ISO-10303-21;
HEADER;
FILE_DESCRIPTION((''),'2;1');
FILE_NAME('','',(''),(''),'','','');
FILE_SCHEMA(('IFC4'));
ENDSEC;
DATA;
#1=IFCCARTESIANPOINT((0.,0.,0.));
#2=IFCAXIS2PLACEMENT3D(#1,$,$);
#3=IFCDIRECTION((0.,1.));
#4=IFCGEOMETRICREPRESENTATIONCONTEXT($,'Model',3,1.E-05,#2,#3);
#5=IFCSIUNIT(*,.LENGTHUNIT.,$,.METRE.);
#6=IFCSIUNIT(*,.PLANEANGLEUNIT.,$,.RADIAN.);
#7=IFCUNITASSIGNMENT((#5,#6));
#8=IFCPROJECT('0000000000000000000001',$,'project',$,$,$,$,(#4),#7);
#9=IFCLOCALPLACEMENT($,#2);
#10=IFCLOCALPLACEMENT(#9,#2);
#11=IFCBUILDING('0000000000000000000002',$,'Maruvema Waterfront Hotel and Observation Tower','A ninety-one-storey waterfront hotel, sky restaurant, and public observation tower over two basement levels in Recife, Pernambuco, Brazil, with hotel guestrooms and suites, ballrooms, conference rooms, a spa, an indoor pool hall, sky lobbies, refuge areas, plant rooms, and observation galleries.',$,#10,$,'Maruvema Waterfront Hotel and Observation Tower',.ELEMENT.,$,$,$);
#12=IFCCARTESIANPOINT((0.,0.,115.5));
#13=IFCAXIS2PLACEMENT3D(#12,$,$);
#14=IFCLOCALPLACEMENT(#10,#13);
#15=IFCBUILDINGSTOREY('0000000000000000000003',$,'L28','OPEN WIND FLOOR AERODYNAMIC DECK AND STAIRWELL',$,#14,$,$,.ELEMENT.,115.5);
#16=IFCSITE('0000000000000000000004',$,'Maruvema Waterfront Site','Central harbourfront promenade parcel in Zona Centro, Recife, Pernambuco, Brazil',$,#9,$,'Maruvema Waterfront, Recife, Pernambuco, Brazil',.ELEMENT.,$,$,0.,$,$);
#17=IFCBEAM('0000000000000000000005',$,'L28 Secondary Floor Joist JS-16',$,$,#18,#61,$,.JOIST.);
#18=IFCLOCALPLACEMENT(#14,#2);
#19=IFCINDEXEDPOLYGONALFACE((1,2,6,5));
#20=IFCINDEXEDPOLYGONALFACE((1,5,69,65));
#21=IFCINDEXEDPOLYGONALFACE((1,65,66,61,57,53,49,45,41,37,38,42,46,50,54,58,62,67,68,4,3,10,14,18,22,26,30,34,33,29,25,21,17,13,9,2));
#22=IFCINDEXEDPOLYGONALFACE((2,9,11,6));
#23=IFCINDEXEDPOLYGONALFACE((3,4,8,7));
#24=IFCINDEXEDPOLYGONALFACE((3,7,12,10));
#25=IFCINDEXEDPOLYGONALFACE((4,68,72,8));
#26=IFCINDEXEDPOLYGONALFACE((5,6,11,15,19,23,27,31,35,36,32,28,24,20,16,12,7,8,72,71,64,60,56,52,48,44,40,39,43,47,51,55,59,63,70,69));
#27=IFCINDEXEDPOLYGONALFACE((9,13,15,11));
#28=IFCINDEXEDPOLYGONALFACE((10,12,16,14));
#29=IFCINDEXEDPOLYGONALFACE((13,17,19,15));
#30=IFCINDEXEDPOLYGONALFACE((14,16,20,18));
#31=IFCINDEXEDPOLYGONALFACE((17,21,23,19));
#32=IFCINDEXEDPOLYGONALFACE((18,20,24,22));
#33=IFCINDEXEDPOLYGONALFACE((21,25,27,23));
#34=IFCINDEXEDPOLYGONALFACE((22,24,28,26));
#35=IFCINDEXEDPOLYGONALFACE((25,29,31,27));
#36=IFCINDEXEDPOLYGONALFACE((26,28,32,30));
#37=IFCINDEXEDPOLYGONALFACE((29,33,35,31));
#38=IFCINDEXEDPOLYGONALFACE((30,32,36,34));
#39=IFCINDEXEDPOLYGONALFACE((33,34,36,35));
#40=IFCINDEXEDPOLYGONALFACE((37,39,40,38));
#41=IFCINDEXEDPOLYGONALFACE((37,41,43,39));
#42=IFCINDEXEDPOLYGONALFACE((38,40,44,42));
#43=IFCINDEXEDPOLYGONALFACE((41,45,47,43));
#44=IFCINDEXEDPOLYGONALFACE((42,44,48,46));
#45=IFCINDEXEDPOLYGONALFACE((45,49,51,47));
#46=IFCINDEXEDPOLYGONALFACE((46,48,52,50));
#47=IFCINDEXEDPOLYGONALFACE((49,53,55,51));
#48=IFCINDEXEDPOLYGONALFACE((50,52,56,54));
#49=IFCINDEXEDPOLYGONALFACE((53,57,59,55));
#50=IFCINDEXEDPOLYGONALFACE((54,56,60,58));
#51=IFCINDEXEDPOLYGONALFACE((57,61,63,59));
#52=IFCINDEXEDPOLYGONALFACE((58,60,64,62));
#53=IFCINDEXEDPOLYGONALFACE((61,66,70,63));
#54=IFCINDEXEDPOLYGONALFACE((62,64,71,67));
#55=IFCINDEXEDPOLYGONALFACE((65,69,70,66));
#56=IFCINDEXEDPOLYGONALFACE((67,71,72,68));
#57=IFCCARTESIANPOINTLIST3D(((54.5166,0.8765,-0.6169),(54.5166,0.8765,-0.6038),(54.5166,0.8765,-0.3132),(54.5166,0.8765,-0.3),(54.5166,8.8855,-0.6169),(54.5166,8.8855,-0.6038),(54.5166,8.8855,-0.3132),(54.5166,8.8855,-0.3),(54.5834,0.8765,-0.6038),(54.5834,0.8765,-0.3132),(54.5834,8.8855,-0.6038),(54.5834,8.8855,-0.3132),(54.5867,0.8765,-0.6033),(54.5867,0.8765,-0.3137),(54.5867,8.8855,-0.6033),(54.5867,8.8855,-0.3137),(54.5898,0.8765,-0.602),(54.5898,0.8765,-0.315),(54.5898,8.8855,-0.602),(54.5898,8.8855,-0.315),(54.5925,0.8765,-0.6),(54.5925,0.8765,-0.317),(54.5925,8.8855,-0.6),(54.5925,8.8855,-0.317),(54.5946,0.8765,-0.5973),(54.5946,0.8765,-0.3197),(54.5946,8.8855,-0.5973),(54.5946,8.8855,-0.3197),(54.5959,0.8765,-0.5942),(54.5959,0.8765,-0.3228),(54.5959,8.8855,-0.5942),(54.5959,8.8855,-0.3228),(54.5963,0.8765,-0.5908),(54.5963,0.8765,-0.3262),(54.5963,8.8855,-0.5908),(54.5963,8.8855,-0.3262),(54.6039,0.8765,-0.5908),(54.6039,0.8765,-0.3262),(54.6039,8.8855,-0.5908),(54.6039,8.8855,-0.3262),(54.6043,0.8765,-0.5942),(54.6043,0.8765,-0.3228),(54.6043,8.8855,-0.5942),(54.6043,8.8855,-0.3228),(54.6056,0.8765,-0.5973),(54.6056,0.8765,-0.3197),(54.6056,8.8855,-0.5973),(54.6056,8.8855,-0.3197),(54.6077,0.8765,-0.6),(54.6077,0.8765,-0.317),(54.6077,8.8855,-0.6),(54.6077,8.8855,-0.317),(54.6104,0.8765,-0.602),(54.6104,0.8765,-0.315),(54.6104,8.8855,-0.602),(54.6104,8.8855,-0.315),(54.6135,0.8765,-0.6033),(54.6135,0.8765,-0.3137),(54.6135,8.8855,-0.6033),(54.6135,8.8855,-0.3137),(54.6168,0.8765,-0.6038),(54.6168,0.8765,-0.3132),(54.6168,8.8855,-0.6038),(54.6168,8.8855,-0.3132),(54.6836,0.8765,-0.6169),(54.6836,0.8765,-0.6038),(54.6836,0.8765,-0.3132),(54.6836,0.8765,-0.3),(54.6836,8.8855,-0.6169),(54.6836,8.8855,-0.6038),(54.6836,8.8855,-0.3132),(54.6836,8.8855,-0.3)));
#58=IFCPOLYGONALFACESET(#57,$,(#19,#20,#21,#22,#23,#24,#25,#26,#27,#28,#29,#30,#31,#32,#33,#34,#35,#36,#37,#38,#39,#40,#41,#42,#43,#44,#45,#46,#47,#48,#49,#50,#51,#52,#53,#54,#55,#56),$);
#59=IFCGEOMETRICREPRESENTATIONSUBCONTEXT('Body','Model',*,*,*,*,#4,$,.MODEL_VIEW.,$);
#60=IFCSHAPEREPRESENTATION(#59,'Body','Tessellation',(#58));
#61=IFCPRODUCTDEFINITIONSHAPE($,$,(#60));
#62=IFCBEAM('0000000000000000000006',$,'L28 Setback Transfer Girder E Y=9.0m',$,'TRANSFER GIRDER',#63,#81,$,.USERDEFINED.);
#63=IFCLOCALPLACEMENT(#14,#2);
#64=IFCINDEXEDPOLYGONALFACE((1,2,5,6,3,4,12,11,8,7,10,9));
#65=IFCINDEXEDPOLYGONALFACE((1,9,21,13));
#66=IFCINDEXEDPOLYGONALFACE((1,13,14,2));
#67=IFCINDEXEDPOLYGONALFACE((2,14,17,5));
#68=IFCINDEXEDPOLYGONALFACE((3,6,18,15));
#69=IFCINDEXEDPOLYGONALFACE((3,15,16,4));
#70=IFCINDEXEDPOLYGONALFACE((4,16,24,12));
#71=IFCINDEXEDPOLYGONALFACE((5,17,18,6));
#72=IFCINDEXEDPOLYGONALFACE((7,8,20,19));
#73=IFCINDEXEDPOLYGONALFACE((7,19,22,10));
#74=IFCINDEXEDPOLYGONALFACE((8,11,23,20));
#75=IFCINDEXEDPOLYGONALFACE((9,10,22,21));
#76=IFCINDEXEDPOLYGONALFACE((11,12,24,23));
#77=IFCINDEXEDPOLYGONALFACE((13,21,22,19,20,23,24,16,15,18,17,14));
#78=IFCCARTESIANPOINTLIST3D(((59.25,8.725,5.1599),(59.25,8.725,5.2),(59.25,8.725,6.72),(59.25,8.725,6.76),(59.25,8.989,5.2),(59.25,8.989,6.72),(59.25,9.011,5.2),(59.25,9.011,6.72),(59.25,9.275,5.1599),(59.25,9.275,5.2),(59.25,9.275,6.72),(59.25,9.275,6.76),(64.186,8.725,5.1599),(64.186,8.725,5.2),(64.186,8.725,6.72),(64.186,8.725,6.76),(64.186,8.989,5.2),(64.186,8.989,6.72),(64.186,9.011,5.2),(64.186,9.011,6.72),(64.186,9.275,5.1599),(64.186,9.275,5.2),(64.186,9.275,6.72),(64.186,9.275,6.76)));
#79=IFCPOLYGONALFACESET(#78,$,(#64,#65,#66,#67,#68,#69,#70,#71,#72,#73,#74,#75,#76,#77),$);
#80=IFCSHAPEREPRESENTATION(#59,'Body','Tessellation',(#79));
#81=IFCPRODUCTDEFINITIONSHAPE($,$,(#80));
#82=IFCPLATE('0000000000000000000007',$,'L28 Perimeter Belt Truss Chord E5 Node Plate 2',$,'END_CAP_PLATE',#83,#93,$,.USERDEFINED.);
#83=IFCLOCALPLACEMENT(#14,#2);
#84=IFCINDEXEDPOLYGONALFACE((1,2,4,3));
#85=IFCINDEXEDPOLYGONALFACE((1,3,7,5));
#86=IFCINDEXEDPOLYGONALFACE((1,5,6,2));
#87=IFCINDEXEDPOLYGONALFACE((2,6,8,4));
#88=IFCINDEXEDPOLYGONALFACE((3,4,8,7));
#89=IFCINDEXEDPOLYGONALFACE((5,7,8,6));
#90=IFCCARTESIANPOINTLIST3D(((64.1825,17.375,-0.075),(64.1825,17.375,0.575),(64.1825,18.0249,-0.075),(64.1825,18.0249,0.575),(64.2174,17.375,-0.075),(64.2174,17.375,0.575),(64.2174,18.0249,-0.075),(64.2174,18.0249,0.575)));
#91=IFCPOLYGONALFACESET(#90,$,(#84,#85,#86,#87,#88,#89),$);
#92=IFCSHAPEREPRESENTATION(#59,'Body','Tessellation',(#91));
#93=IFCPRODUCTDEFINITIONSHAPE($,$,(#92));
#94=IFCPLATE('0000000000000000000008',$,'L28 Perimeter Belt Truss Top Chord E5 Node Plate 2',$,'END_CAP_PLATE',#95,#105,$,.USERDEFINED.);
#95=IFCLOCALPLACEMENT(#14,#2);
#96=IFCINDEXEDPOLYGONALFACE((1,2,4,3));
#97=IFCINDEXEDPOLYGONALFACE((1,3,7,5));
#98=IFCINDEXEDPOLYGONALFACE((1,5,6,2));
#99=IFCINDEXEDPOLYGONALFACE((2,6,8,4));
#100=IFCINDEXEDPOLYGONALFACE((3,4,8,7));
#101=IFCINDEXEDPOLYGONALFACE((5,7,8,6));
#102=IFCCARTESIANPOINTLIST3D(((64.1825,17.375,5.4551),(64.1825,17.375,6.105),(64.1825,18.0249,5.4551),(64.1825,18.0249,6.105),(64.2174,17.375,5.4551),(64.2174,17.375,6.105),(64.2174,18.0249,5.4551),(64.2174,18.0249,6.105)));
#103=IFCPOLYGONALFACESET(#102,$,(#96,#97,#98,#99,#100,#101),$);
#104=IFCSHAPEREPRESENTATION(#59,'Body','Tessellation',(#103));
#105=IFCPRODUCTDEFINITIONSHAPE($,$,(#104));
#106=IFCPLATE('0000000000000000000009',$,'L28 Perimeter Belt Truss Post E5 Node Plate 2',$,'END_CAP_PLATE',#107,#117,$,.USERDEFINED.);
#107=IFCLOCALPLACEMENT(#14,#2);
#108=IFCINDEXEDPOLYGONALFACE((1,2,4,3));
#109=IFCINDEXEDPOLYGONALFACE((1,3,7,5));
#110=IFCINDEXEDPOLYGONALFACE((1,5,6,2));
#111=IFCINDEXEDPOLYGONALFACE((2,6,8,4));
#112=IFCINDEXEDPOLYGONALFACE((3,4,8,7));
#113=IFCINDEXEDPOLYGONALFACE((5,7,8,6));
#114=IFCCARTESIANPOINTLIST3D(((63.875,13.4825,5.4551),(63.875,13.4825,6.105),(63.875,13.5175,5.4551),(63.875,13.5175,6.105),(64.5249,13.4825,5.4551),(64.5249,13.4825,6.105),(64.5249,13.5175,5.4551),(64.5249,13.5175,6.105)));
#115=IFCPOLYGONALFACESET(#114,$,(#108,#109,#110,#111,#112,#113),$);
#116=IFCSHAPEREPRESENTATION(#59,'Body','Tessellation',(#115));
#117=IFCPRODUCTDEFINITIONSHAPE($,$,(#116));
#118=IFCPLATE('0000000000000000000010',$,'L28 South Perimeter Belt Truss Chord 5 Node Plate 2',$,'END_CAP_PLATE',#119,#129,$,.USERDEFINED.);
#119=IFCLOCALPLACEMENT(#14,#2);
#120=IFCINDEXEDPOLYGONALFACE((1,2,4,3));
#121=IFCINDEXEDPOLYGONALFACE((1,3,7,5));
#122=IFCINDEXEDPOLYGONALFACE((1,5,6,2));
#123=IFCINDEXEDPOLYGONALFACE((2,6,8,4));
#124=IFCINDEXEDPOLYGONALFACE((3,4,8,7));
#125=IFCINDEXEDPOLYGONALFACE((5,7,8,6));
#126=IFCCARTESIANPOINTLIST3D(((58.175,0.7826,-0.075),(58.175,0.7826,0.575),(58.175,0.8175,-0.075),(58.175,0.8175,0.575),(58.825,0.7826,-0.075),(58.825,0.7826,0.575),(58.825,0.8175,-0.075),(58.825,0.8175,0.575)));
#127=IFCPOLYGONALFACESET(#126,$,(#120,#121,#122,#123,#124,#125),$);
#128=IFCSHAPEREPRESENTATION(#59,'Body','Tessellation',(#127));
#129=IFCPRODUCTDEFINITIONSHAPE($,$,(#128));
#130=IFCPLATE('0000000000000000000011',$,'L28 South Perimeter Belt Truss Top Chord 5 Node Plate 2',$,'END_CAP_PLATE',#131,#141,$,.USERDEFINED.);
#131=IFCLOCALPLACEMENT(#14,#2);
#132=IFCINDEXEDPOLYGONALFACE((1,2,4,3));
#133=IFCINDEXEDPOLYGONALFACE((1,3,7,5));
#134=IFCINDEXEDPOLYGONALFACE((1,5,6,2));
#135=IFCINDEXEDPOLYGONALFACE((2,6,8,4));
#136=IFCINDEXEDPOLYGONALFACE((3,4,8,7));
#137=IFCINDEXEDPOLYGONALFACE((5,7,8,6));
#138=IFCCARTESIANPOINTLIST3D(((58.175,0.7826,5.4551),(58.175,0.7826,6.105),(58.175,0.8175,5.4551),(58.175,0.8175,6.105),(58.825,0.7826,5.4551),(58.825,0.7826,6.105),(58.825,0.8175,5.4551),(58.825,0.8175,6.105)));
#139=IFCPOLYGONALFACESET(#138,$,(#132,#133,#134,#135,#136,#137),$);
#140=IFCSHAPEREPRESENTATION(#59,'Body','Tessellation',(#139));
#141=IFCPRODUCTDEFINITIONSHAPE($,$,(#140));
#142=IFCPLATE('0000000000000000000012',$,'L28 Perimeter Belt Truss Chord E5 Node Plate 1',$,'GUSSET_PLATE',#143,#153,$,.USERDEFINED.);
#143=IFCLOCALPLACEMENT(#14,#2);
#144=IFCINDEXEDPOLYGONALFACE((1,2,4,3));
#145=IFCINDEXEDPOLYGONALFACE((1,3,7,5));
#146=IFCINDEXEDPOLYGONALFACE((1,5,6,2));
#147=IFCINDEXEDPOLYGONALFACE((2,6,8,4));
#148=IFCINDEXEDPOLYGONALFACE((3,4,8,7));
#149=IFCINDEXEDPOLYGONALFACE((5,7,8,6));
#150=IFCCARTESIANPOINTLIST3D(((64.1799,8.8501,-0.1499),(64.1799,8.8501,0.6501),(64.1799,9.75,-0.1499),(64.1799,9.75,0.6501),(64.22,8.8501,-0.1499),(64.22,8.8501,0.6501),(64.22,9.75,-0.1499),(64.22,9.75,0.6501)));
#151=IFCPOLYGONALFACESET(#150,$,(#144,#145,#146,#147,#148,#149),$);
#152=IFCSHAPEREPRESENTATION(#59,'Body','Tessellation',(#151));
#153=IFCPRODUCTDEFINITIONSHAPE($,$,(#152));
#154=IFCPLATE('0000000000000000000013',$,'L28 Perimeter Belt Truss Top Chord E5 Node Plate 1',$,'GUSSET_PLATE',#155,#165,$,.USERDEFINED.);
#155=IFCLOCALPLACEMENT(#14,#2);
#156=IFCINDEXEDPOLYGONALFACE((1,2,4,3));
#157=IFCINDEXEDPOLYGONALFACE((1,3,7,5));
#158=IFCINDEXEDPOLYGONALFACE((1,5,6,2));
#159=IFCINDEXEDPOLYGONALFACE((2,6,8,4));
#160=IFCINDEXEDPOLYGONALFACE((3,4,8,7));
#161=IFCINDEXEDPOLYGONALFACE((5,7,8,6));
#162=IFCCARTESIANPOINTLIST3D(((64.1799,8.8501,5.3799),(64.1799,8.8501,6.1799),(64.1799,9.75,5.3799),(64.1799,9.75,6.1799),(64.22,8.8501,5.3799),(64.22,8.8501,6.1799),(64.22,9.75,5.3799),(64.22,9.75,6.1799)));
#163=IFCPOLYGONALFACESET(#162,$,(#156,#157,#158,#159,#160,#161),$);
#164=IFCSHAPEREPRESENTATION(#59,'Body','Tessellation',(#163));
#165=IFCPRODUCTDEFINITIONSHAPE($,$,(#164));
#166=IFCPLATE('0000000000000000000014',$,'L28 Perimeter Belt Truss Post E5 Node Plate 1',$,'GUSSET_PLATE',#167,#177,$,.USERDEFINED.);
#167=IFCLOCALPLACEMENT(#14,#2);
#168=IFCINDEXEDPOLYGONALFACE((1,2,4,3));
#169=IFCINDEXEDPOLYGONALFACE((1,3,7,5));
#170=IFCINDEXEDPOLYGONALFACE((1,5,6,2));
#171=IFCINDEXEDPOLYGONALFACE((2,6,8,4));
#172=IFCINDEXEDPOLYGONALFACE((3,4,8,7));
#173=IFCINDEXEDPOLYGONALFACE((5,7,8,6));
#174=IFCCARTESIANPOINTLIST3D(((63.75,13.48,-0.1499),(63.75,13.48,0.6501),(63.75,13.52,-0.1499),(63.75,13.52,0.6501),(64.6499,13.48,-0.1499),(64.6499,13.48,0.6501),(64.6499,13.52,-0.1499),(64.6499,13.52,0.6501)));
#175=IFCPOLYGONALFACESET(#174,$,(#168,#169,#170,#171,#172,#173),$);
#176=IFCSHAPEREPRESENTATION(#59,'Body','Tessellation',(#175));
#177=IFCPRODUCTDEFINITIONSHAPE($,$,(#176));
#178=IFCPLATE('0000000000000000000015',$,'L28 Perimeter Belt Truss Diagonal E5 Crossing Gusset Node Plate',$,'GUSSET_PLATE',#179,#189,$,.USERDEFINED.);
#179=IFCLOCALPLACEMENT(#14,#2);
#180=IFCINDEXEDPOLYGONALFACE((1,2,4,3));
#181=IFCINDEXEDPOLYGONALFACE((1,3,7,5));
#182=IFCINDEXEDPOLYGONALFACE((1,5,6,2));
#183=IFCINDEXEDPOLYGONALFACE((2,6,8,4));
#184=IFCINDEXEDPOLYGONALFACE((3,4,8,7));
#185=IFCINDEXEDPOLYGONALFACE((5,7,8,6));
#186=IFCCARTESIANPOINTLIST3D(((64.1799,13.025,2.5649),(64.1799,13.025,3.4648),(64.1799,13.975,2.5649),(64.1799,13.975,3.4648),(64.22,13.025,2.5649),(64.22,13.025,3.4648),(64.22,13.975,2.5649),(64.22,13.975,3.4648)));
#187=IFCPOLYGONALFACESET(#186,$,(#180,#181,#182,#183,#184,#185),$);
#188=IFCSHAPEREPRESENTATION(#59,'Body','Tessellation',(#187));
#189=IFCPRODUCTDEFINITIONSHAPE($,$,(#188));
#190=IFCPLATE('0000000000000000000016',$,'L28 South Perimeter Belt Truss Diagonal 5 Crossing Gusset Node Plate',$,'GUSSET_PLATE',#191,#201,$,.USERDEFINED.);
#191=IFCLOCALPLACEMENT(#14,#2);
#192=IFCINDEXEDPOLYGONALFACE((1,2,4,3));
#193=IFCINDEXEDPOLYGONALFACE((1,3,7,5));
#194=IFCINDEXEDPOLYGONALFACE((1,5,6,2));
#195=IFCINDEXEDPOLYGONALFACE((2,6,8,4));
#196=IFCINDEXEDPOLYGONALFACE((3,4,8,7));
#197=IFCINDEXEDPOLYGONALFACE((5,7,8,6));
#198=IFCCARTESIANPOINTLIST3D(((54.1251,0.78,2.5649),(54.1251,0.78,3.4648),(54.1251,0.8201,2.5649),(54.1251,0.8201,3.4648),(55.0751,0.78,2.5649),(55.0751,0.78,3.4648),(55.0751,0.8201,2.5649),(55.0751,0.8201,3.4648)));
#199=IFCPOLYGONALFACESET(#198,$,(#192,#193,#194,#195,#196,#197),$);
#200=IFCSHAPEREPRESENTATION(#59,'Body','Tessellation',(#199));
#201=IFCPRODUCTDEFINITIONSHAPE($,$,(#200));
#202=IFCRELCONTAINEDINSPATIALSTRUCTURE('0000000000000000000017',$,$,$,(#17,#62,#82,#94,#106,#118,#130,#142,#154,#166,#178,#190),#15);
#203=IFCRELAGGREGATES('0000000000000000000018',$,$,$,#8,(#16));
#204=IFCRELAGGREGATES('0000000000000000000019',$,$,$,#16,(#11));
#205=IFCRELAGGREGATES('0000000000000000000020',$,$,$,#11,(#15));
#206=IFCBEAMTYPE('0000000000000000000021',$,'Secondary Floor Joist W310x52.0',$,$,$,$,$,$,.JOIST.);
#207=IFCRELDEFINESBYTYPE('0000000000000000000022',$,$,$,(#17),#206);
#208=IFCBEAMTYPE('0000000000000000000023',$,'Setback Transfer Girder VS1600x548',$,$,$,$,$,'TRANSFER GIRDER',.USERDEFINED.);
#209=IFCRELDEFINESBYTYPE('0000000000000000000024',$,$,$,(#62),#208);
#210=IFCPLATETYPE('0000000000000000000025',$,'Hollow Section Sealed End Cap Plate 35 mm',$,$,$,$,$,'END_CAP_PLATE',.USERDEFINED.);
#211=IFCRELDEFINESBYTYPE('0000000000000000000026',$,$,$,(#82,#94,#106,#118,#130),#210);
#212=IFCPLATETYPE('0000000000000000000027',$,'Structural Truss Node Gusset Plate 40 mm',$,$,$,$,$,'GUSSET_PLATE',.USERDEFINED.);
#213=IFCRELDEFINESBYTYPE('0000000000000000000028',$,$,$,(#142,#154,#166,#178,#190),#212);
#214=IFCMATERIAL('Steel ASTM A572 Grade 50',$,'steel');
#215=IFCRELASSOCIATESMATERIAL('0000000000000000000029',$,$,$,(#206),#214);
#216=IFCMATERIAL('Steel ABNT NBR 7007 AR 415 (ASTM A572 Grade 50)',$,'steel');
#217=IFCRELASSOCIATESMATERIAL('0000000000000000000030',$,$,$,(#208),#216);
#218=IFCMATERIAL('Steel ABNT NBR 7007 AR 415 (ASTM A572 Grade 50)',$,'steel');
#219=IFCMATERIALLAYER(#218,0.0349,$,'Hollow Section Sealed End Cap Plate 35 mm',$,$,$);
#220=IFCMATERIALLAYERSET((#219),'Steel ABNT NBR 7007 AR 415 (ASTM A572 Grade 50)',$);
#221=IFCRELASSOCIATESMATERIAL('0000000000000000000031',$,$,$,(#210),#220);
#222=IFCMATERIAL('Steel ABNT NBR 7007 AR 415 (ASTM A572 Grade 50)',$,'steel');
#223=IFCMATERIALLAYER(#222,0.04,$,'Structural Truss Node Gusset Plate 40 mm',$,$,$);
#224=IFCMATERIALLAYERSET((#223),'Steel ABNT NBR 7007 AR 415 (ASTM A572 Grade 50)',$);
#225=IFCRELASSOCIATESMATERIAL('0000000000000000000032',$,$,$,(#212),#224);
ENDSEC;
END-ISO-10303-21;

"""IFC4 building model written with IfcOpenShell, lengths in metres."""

from ifc_helpers import new_model, si_unit, direction, frame, origin, origin_2d, place, context, subcontext, project, spatial, rectangle, i_section, extrude, material, layer, layer_set, material_profile, profile_set, type_object, element, save


model = new_model("IFC4")

# Units and contexts
model_context = context("Model", 3, precision=1e-05, world=origin(), true_north=direction((0.0, 1.0)))
body_context = subcontext(model_context, "Body", "Model", "MODEL_VIEW")
ifc_project = project(units=[si_unit("LENGTHUNIT", "METRE"), si_unit("PLANEANGLEUNIT", "RADIAN")], contexts=[model_context])

# Site, building, storey
site_placement = place(None, origin())
site = spatial("IfcSite", under=ifc_project, at=site_placement, Name="Maruvema Waterfront Site", Description="Central harbourfront promenade parcel in Zona Centro, Recife, Pernambuco, Brazil", LongName="Maruvema Waterfront, Recife, Pernambuco, Brazil", CompositionType="ELEMENT", RefElevation=0.0)
building_placement = place(site_placement, origin())
building = spatial("IfcBuilding", under=site, at=building_placement, Name="Maruvema Waterfront Hotel and Observation Tower", Description="A ninety-one-storey waterfront hotel, sky restaurant, and public observation tower over two basement levels in Recife, Pernambuco, Brazil, with hotel guestrooms and suites, ballrooms, conference rooms, a spa, an indoor pool hall, sky lobbies, refuge areas, plant rooms, and observation galleries.", LongName="Maruvema Waterfront Hotel and Observation Tower", CompositionType="ELEMENT")
storey_placement = place(building_placement, frame((0.0, 0.0, 115.5)))
storey = spatial("IfcBuildingStorey", under=building, at=storey_placement, Name="L28", Description="OPEN WIND FLOOR AERODYNAMIC DECK AND STAIRWELL", CompositionType="ELEMENT", Elevation=115.5)

# Beams
ifc_material_1 = material(Name="Steel ASTM A572 Grade 50", Category="steel")
ifc_material_profile_1 = material_profile(ifc_material_1, i_section(OverallWidth=0.167, OverallDepth=0.3169, WebThickness=0.0076, FlangeThickness=0.0132, FilletRadius=0.0129, at=origin_2d()), Name="W310x52.0")
ifc_profile_set_1 = profile_set([ifc_material_profile_1], Name="Steel ASTM A572 Grade 50")
beam_type_1 = type_object("IfcBeamType", Name="Secondary Floor Joist W310x52.0", PredefinedType="JOIST", material=ifc_profile_set_1)
beam_1_placement = place(storey_placement, frame((54.6001, 0.8765, -0.4585), z_axis=(0.0, 1.0, 0.0), x_axis=(-1.0, 0.0, 0.0)))
element("IfcBeam", 1, at=beam_1_placement, inside=storey, type_object=beam_type_1, Name="L28 Secondary Floor Joist JS-16", PredefinedType="JOIST", context=body_context, shape_type="SweptSolid", body=[
    extrude(i_section(OverallWidth=0.167, OverallDepth=0.3169, WebThickness=0.0076, FlangeThickness=0.0132, FilletRadius=0.0129, at=origin_2d()), origin(), (0.0, 0.0, 1.0), 8.009),
])
ifc_material_2 = material(Name="Steel ABNT NBR 7007 AR 415 (ASTM A572 Grade 50)", Category="steel")
ifc_material_profile_2 = material_profile(ifc_material_2, i_section(OverallWidth=0.55, OverallDepth=1.6001, WebThickness=0.022, FlangeThickness=0.04, at=origin_2d()), Name="VS1600x548")
ifc_profile_set_2 = profile_set([ifc_material_profile_2], Name="Steel ABNT NBR 7007 AR 415 (ASTM A572 Grade 50)")
beam_type_2 = type_object("IfcBeamType", Name="Setback Transfer Girder VS1600x548", ElementType="TRANSFER GIRDER", PredefinedType="USERDEFINED", material=ifc_profile_set_2)
beam_2_placement = place(storey_placement, frame((59.25, 9.0, 5.96), z_axis=(1.0, 0.0, 0.0), x_axis=(0.0, 1.0, 0.0)))
element("IfcBeam", 2, at=beam_2_placement, inside=storey, type_object=beam_type_2, Name="L28 Setback Transfer Girder E Y=9.0m", ObjectType="TRANSFER GIRDER", PredefinedType="USERDEFINED", context=body_context, shape_type="SweptSolid", body=[
    extrude(i_section(OverallWidth=0.55, OverallDepth=1.6001, WebThickness=0.022, FlangeThickness=0.04, at=origin_2d()), origin(), (0.0, 0.0, 1.0), 4.936),
])

# Plates
ifc_material_3 = material(Name="Steel ABNT NBR 7007 AR 415 (ASTM A572 Grade 50)", Category="steel")
ifc_layer_1 = layer(ifc_material_3, 0.0349, Name="Hollow Section Sealed End Cap Plate 35 mm")
ifc_layer_set_1 = layer_set([ifc_layer_1], Name="Steel ABNT NBR 7007 AR 415 (ASTM A572 Grade 50)")
plate_type_1 = type_object("IfcPlateType", Name="Hollow Section Sealed End Cap Plate 35 mm", ElementType="END_CAP_PLATE", PredefinedType="USERDEFINED", material=ifc_layer_set_1)
for number, where, z_axis, x_axis, name in (
    (3, (64.2, 17.7, -0.075), (0.0, 0.0, 1.0), (0.0, 1.0, 0.0), "L28 Perimeter Belt Truss Chord E5 Node Plate 2"),
    (4, (64.2, 17.7, 5.4551), (0.0, 0.0, 1.0), (0.0, 1.0, 0.0), "L28 Perimeter Belt Truss Top Chord E5 Node Plate 2"),
    (5, (64.2, 13.5, 5.4551), (0.0, 0.0, 1.0), (1.0, 0.0, 0.0), "L28 Perimeter Belt Truss Post E5 Node Plate 2"),
    (6, (58.5, 0.8, -0.075), (0.0, 0.0, 1.0), (1.0, 0.0, 0.0), "L28 South Perimeter Belt Truss Chord 5 Node Plate 2"),
    (7, (58.5, 0.8, 5.4551), (0.0, 0.0, 1.0), (1.0, 0.0, 0.0), "L28 South Perimeter Belt Truss Top Chord 5 Node Plate 2"),
):
    element("IfcPlate", number, at=place(storey_placement, frame(where, z_axis=z_axis, x_axis=x_axis)), inside=storey, type_object=plate_type_1, Name=name, ObjectType="END_CAP_PLATE", PredefinedType="USERDEFINED", context=body_context, shape_type="SweptSolid", body=[
        extrude(rectangle(XDim=0.6499, YDim=0.0349, at=origin_2d()), origin(), (0.0, 0.0, 1.0), 0.6499),
    ])
ifc_material_4 = material(Name="Steel ABNT NBR 7007 AR 415 (ASTM A572 Grade 50)", Category="steel")
ifc_layer_2 = layer(ifc_material_4, 0.04, Name="Structural Truss Node Gusset Plate 40 mm")
ifc_layer_set_2 = layer_set([ifc_layer_2], Name="Steel ABNT NBR 7007 AR 415 (ASTM A572 Grade 50)")
plate_type_2 = type_object("IfcPlateType", Name="Structural Truss Node Gusset Plate 40 mm", ElementType="GUSSET_PLATE", PredefinedType="USERDEFINED", material=ifc_layer_set_2)
for number, where, z_axis, x_axis, name in (
    (8, (64.2, 9.3, -0.1499), (0.0, 0.0, 1.0), (0.0, 1.0, 0.0), "L28 Perimeter Belt Truss Chord E5 Node Plate 1"),
    (9, (64.2, 9.3, 5.3799), (0.0, 0.0, 1.0), (0.0, 1.0, 0.0), "L28 Perimeter Belt Truss Top Chord E5 Node Plate 1"),
    (10, (64.2, 13.5, -0.1499), (0.0, 0.0, 1.0), (1.0, 0.0, 0.0), "L28 Perimeter Belt Truss Post E5 Node Plate 1"),
):
    element("IfcPlate", number, at=place(storey_placement, frame(where, z_axis=z_axis, x_axis=x_axis)), inside=storey, type_object=plate_type_2, Name=name, ObjectType="GUSSET_PLATE", PredefinedType="USERDEFINED", context=body_context, shape_type="SweptSolid", body=[
        extrude(rectangle(XDim=0.8999, YDim=0.04, at=origin_2d()), origin(), (0.0, 0.0, 1.0), 0.8),
    ])
for number, where, z_axis, x_axis, name in (
    (11, (64.2, 13.5, 2.5649), (0.0, 0.0, 1.0), (0.0, -1.0, 0.0), "L28 Perimeter Belt Truss Diagonal E5 Crossing Gusset Node Plate"),
    (12, (54.6001, 0.8, 2.5649), (0.0, 0.0, 1.0), (-1.0, 0.0, 0.0), "L28 South Perimeter Belt Truss Diagonal 5 Crossing Gusset Node Plate"),
):
    element("IfcPlate", number, at=place(storey_placement, frame(where, z_axis=z_axis, x_axis=x_axis)), inside=storey, type_object=plate_type_2, Name=name, ObjectType="GUSSET_PLATE", PredefinedType="USERDEFINED", context=body_context, shape_type="SweptSolid", body=[
        extrude(rectangle(XDim=0.95, YDim=0.04, at=origin_2d()), origin(), (0.0, 0.0, 1.0), 0.8999),
    ])

save(model, "model.ifc")
